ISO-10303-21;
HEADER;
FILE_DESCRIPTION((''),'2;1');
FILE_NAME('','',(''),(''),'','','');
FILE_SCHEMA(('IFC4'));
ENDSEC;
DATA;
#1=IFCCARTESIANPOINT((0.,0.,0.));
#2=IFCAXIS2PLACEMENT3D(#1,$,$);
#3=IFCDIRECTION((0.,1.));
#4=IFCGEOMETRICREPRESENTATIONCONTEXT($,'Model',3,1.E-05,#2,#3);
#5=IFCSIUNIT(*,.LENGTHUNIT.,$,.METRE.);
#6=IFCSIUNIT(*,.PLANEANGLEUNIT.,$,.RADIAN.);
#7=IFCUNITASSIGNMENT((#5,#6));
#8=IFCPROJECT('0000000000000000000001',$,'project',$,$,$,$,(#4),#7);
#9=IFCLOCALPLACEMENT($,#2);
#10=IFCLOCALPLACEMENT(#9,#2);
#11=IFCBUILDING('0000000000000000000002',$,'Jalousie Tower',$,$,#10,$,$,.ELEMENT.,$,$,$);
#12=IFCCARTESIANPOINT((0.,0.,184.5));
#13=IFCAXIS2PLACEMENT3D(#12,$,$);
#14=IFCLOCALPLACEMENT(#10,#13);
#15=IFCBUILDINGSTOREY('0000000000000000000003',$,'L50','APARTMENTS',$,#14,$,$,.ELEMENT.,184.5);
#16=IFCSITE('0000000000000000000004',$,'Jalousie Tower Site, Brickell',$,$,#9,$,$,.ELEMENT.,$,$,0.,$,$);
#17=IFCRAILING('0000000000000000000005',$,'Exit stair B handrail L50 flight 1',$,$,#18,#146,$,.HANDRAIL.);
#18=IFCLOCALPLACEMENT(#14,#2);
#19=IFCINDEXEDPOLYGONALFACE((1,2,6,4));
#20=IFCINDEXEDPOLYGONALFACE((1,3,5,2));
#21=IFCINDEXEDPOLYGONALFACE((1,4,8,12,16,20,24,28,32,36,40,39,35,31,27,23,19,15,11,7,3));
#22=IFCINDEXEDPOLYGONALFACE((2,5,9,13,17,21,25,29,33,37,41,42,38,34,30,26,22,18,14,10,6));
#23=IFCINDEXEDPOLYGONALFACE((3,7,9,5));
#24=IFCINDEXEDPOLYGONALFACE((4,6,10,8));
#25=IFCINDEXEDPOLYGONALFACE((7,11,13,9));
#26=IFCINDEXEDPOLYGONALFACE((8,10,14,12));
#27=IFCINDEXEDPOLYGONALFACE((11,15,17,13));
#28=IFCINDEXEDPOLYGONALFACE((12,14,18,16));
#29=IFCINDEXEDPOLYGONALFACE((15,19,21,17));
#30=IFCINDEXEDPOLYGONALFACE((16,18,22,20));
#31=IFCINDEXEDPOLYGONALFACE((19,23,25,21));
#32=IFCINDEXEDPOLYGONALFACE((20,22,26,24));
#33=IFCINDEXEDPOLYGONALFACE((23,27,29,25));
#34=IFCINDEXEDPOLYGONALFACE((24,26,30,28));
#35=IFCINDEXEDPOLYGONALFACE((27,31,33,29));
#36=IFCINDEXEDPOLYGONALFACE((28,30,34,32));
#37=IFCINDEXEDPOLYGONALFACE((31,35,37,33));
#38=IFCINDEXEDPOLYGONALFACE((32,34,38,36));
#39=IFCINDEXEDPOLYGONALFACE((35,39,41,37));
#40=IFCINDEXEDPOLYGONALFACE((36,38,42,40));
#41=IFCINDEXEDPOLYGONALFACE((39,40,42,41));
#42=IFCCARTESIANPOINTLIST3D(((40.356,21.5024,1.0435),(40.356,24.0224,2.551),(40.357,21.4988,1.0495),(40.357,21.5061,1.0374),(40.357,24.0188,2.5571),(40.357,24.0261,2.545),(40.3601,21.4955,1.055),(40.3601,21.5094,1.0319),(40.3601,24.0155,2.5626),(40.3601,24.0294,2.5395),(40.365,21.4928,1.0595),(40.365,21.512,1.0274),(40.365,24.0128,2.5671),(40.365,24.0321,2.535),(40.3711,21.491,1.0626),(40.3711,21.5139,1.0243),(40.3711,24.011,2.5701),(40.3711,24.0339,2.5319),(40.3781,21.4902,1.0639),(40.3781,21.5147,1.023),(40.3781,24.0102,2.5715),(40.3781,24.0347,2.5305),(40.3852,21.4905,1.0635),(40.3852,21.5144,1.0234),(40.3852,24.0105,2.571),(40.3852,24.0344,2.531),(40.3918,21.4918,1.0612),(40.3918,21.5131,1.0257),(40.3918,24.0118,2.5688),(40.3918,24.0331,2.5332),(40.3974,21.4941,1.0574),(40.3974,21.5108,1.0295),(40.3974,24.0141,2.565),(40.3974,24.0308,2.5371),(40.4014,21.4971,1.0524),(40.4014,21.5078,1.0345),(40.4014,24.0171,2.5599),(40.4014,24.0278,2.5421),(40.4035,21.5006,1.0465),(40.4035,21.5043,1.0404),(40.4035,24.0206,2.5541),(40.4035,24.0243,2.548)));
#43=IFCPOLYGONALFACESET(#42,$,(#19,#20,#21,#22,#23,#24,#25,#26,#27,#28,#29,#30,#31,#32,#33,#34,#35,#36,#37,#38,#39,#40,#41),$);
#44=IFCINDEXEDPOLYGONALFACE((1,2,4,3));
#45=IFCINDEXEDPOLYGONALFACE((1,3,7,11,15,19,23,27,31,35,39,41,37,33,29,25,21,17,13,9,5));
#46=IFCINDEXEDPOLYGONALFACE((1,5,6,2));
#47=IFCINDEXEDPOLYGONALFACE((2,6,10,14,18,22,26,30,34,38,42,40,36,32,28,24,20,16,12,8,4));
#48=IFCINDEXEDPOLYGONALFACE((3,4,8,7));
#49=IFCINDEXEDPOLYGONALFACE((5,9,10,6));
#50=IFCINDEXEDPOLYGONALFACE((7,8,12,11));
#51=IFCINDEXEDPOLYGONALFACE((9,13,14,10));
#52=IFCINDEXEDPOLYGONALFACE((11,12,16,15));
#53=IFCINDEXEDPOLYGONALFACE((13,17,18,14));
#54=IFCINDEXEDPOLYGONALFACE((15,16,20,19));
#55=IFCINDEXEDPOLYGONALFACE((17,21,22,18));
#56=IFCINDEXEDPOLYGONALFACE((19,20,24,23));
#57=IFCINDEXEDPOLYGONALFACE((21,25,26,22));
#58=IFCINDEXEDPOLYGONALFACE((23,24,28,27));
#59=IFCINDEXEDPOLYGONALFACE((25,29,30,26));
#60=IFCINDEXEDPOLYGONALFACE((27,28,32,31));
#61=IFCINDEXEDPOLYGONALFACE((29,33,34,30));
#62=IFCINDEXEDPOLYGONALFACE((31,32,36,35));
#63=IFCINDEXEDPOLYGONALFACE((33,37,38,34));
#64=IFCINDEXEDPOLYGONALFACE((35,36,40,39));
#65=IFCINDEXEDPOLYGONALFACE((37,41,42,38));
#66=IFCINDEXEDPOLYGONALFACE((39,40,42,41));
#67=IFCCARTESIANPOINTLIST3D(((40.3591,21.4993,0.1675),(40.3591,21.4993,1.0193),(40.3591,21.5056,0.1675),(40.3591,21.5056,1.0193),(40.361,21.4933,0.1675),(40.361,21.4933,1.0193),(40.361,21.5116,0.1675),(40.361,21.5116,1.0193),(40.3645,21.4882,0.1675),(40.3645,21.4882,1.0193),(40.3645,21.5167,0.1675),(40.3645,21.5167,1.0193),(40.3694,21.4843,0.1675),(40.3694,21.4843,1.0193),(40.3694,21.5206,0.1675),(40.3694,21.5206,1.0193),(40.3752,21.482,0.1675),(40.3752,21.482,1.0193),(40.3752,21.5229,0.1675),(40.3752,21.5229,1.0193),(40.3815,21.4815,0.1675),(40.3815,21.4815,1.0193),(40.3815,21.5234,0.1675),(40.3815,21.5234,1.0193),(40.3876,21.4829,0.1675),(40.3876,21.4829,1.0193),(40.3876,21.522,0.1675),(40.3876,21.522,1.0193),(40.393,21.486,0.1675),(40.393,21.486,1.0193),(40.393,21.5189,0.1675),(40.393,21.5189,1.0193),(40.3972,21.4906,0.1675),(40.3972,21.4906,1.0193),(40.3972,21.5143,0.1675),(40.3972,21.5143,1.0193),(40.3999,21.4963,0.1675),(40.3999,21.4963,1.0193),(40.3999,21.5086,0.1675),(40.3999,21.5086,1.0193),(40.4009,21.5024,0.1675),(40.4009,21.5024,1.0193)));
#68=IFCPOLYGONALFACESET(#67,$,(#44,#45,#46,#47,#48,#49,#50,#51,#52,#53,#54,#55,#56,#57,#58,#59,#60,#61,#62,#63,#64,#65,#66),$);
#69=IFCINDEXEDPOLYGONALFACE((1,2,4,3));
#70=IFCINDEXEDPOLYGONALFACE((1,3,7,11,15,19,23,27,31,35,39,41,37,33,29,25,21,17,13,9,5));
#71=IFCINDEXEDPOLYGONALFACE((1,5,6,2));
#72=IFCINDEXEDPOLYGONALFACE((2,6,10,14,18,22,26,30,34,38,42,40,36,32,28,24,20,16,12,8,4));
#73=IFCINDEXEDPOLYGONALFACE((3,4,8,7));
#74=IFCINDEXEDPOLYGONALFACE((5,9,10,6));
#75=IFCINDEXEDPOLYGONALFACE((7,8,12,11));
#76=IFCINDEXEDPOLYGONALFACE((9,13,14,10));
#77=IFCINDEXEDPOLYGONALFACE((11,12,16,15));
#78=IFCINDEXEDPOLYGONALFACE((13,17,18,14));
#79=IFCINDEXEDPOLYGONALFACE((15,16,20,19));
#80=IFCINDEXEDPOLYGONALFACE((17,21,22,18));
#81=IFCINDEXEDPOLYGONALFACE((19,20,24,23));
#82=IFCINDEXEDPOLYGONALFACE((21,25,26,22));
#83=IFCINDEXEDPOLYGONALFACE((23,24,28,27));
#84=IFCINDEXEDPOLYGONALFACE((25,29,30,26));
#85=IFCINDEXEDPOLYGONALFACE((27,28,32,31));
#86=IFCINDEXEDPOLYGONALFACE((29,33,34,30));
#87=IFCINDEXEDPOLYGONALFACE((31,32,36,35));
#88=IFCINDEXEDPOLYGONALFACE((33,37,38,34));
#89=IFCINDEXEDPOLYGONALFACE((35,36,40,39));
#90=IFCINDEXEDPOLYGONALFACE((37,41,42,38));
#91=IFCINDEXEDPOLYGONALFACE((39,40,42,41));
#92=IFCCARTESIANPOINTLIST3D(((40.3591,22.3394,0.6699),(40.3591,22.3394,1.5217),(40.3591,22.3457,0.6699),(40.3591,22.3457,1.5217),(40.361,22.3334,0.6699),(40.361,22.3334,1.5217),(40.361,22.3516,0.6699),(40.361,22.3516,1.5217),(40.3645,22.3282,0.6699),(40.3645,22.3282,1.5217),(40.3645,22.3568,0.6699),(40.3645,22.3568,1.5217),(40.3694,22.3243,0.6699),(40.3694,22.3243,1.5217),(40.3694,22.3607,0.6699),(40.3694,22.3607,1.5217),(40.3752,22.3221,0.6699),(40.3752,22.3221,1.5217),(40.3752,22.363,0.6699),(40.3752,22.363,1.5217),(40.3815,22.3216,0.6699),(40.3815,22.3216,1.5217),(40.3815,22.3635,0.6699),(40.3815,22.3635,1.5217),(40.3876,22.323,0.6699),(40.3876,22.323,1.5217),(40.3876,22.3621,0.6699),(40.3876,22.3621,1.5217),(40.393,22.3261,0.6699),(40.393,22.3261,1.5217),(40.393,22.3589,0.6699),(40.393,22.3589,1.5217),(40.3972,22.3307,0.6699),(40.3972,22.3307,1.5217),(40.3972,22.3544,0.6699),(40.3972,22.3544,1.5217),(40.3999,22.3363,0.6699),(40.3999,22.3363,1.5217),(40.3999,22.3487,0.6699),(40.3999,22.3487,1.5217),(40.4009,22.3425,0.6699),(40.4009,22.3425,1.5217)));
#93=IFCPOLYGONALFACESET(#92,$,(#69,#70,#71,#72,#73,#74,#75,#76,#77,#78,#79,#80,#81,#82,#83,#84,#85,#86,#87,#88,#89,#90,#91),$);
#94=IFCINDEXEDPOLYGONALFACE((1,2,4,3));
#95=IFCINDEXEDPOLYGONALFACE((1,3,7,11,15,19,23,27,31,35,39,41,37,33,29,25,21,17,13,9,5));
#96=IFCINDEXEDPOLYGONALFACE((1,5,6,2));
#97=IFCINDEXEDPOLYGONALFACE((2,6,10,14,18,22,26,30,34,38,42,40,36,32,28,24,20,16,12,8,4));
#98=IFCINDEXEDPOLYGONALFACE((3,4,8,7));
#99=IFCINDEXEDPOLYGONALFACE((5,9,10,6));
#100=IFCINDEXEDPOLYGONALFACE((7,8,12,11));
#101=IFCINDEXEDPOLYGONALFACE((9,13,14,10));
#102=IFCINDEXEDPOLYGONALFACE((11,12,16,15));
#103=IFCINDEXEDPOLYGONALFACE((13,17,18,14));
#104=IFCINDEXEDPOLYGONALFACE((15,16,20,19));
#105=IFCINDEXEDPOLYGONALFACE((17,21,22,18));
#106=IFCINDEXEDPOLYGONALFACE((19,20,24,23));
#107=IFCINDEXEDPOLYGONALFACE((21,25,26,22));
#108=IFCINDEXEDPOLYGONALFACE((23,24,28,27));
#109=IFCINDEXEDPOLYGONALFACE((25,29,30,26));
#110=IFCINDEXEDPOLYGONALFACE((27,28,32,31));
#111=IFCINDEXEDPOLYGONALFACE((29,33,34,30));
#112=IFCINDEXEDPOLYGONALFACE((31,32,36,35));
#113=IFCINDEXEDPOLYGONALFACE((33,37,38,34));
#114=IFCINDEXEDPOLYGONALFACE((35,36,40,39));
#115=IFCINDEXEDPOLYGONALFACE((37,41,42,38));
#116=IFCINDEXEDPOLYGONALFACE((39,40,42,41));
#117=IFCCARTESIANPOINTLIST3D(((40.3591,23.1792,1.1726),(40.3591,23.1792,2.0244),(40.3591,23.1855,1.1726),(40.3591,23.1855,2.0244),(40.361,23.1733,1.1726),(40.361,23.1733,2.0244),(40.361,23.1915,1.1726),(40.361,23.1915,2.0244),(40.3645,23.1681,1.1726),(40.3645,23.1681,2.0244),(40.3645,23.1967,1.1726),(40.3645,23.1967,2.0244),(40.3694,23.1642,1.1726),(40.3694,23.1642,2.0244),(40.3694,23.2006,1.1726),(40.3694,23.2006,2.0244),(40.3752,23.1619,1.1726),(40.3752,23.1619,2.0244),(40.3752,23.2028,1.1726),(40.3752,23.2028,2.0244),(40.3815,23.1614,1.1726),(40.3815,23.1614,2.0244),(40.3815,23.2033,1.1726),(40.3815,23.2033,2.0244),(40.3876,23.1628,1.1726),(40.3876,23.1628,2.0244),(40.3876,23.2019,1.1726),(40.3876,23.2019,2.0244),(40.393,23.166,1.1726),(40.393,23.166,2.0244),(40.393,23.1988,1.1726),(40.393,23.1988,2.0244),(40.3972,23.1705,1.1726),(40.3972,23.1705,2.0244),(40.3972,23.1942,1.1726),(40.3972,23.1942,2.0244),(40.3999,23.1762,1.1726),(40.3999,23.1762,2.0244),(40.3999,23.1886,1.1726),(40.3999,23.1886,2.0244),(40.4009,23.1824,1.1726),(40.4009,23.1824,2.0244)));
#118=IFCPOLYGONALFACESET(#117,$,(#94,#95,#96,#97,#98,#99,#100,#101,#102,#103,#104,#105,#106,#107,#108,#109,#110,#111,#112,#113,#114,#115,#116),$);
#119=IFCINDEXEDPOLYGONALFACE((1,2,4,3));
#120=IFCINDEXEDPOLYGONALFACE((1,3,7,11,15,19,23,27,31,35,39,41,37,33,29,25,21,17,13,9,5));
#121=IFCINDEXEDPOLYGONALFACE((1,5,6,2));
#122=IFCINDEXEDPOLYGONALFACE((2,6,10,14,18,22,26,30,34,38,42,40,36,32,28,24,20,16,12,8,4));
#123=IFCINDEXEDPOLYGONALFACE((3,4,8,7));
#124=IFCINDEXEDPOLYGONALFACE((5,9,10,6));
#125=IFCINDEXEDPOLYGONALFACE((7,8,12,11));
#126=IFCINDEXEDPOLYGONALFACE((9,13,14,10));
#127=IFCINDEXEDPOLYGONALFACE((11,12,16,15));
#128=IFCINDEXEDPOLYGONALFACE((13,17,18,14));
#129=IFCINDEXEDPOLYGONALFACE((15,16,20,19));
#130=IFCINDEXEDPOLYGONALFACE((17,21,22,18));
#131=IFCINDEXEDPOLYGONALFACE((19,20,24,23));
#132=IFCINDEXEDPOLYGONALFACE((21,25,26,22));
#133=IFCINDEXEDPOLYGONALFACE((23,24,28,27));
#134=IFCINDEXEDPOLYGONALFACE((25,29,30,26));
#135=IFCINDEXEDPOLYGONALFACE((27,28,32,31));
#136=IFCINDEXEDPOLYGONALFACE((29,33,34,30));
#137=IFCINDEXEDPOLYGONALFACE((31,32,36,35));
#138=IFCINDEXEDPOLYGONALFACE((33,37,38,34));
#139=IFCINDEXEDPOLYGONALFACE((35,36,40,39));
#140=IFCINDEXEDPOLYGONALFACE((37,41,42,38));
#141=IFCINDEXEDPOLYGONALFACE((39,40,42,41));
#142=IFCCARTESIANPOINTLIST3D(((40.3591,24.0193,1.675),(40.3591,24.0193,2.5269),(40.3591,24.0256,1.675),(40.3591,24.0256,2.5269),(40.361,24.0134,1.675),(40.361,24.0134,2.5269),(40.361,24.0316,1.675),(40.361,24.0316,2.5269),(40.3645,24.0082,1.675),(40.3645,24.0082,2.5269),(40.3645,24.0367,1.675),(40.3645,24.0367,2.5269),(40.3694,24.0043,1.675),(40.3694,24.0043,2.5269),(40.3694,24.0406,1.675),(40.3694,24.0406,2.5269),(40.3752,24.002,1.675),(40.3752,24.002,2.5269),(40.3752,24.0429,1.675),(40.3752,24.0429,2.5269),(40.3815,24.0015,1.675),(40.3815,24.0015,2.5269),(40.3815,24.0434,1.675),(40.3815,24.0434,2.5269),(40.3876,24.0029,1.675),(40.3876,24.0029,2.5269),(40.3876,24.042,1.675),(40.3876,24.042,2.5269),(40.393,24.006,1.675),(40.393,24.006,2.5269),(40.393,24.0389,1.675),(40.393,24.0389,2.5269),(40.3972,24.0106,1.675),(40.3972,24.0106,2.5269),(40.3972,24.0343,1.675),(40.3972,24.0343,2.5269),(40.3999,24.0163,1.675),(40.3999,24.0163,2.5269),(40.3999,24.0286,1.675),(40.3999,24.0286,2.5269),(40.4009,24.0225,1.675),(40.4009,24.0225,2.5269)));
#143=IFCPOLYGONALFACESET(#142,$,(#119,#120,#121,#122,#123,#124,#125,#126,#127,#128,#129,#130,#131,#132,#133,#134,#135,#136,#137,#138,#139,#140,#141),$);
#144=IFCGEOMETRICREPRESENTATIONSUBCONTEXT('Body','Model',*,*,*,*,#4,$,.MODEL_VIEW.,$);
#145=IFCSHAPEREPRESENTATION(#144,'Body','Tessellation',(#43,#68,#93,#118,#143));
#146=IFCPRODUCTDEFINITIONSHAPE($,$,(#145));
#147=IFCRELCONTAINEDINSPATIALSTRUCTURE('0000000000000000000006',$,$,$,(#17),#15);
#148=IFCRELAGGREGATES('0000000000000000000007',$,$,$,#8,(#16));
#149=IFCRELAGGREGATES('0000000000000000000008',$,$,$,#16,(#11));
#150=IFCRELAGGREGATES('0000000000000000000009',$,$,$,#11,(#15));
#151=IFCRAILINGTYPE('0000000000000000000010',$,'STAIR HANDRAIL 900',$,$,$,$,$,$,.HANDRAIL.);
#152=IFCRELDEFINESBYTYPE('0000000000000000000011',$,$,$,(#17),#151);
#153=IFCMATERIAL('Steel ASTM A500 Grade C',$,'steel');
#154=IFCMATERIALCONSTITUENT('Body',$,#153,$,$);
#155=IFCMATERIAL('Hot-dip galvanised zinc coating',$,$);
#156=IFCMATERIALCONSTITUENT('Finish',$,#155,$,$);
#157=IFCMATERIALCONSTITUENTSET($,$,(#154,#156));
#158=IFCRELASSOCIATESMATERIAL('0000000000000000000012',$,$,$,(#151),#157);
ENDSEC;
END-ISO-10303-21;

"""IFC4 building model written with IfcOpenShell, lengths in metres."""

from ifc_helpers import new_model, si_unit, direction, frame, origin, origin_2d, place, context, subcontext, project, spatial, circle, extrude, material, constituent, constituent_set, type_object, element, save


model = new_model("IFC4")

# Units and contexts
model_context = context("Model", 3, precision=1e-05, world=origin(), true_north=direction((0.0, 1.0)))
body_context = subcontext(model_context, "Body", "Model", "MODEL_VIEW")
ifc_project = project(units=[si_unit("LENGTHUNIT", "METRE"), si_unit("PLANEANGLEUNIT", "RADIAN")], contexts=[model_context])

# Site, building, storey
site_placement = place(None, origin())
site = spatial("IfcSite", under=ifc_project, at=site_placement, Name="Jalousie Tower Site, Brickell", CompositionType="ELEMENT", RefElevation=0.0)
building_placement = place(site_placement, origin())
building = spatial("IfcBuilding", under=site, at=building_placement, Name="Jalousie Tower", CompositionType="ELEMENT")
storey_placement = place(building_placement, frame((0.0, 0.0, 184.5)))
storey = spatial("IfcBuildingStorey", under=building, at=storey_placement, Name="L50", Description="APARTMENTS", CompositionType="ELEMENT", Elevation=184.5)

# Railing
ifc_material_1 = material(Name="Steel ASTM A500 Grade C", Category="steel")
ifc_constituent_1 = constituent(ifc_material_1, Name="Body")
ifc_material_2 = material(Name="Hot-dip galvanised zinc coating")
ifc_constituent_2 = constituent(ifc_material_2, Name="Finish")
ifc_constituent_set_1 = constituent_set(constituents=[ifc_constituent_1, ifc_constituent_2])
railing_type_1 = type_object("IfcRailingType", Name="STAIR HANDRAIL 900", PredefinedType="HANDRAIL", material=ifc_constituent_set_1)
railing_1_placement = place(storey_placement, frame((40.3799, 21.5024, 0.1675)))
element("IfcRailing", 1, at=railing_1_placement, inside=storey, type_object=railing_type_1, Name="Exit stair B handrail L50 flight 1", PredefinedType="HANDRAIL", context=body_context, shape_type="SweptSolid", body=[
    extrude(circle(Radius=0.0239, at=origin_2d()), frame((0.0, 0.0, 0.876), z_axis=(0.0, 0.85816, 0.513383), x_axis=(-1.0, 0.0, 0.0)), (0.0, 0.0, 1.0), 2.9365),
    extrude(circle(Radius=0.021, at=origin_2d()), origin(), (0.0, 0.0, 1.0), 0.8518),
    extrude(circle(Radius=0.021, at=origin_2d()), frame((0.0, 0.8401, 0.5024)), (0.0, 0.0, 1.0), 0.8518),
    extrude(circle(Radius=0.021, at=origin_2d()), frame((0.0, 1.6799, 1.0051)), (0.0, 0.0, 1.0), 0.8518),
    extrude(circle(Radius=0.021, at=origin_2d()), frame((0.0, 2.52, 1.5076)), (0.0, 0.0, 1.0), 0.8518),
])

save(model, "model.ifc")
